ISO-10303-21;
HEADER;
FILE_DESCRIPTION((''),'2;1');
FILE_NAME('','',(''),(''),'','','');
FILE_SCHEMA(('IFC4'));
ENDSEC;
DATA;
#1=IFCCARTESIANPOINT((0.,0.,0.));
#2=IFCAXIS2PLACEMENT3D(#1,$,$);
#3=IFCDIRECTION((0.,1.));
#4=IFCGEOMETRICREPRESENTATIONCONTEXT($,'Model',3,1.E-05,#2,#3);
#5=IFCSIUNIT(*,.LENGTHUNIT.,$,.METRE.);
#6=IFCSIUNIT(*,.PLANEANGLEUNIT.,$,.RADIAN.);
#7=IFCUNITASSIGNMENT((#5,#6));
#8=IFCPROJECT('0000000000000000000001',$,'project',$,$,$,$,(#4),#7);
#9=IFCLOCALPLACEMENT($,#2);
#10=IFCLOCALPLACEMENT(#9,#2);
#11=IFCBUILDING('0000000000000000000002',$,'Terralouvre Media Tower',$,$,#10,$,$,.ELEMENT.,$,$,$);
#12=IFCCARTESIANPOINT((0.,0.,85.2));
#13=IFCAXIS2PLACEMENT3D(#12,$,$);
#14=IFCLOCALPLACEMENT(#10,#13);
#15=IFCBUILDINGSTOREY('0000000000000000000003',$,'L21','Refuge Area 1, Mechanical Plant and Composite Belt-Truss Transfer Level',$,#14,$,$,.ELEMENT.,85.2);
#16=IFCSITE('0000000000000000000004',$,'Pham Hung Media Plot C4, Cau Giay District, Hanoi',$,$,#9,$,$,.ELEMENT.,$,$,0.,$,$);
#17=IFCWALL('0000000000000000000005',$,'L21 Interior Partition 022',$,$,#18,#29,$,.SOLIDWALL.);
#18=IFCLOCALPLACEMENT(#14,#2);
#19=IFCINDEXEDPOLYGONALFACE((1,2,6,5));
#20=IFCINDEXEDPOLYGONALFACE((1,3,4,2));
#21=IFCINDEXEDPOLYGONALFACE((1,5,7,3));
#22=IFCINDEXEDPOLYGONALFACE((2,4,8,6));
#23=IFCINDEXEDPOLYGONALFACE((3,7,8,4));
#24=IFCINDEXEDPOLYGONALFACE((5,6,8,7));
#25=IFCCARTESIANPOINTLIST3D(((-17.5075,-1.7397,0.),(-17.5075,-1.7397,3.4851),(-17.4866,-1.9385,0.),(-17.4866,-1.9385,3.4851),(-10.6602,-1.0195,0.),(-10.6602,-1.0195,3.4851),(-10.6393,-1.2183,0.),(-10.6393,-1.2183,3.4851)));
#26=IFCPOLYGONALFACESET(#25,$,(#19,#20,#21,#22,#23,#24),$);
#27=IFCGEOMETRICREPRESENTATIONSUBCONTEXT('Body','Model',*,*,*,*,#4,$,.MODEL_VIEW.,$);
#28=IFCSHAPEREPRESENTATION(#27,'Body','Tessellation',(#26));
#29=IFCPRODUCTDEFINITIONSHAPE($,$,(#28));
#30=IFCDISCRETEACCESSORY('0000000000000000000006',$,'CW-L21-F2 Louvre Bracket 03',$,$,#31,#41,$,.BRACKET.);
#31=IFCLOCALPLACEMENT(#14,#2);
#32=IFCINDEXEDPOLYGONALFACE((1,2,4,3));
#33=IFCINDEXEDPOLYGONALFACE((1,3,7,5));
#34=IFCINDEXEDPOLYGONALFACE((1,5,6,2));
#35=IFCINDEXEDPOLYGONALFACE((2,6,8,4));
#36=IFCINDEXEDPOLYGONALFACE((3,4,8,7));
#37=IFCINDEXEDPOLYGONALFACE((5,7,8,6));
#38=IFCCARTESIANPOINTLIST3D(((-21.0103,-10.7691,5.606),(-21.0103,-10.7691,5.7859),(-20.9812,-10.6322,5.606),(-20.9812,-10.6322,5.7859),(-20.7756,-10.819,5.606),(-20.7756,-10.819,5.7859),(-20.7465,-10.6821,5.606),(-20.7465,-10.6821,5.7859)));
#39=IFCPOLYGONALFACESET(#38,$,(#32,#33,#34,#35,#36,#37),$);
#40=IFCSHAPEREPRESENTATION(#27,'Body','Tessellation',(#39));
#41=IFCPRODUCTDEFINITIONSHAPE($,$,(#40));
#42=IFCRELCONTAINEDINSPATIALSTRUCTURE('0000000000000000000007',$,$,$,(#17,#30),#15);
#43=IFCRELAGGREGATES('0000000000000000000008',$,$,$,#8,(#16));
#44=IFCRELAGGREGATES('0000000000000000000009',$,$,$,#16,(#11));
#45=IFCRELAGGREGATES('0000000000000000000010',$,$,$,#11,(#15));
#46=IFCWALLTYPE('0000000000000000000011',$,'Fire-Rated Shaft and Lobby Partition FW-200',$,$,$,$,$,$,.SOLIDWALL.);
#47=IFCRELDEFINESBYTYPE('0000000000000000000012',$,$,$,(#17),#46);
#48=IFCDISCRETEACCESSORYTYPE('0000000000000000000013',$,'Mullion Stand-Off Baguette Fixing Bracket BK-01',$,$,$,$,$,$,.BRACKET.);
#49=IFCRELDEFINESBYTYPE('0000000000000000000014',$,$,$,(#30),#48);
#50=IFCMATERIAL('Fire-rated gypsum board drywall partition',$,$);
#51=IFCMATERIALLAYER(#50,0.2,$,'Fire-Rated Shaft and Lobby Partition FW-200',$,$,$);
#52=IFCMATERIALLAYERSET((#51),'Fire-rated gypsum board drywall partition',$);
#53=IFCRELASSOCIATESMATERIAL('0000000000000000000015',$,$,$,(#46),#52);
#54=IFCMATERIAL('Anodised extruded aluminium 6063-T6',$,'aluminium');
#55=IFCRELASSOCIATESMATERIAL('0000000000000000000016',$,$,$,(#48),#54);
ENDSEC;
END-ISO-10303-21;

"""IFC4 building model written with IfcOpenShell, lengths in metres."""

from ifc_helpers import new_model, si_unit, direction, frame, frame_2d, origin, origin_2d, place, context, subcontext, project, spatial, rectangle, extrude, material, layer, layer_set, type_object, element, save


model = new_model("IFC4")

# Units and contexts
model_context = context("Model", 3, precision=1e-05, world=origin(), true_north=direction((0.0, 1.0)))
body_context = subcontext(model_context, "Body", "Model", "MODEL_VIEW")
ifc_project = project(units=[si_unit("LENGTHUNIT", "METRE"), si_unit("PLANEANGLEUNIT", "RADIAN")], contexts=[model_context])

# Site, building, storey
site_placement = place(None, origin())
site = spatial("IfcSite", under=ifc_project, at=site_placement, Name="Pham Hung Media Plot C4, Cau Giay District, Hanoi", CompositionType="ELEMENT", RefElevation=0.0)
building_placement = place(site_placement, origin())
building = spatial("IfcBuilding", under=site, at=building_placement, Name="Terralouvre Media Tower", CompositionType="ELEMENT")
storey_placement = place(building_placement, frame((0.0, 0.0, 85.2)))
storey = spatial("IfcBuildingStorey", under=building, at=storey_placement, Name="L21", Description="Refuge Area 1, Mechanical Plant and Composite Belt-Truss Transfer Level", CompositionType="ELEMENT", Elevation=85.2)

# Shared definitions
ifc_material_1 = material(Name="Fire-rated gypsum board drywall partition")
ifc_layer_1 = layer(ifc_material_1, 0.2, Name="Fire-Rated Shaft and Lobby Partition FW-200")
ifc_layer_set_1 = layer_set([ifc_layer_1], Name="Fire-rated gypsum board drywall partition")
wall_type = type_object("IfcWallType", Name="Fire-Rated Shaft and Lobby Partition FW-200", PredefinedType="SOLIDWALL", material=ifc_layer_set_1)

# Wall
wall_1_placement = place(storey_placement, frame((-10.6499, -1.1189, 0.0), z_axis=(0.0, 0.0, 1.0), x_axis=(-0.994514, -0.104607, 0.0)))
element("IfcWall", 1, at=wall_1_placement, inside=storey, type_object=wall_type, Name="L21 Interior Partition 022", PredefinedType="SOLIDWALL", context=body_context, shape_type="SweptSolid", body=[
    extrude(rectangle(XDim=6.885, YDim=0.2, at=frame_2d((3.4424, 0.0))), origin(), (0.0, 0.0, 1.0), 3.4851),
])

# Discrete accessory
ifc_material_2 = material(Name="Anodised extruded aluminium 6063-T6", Category="aluminium")
discrete_accessory_type = type_object("IfcDiscreteAccessoryType", Name="Mullion Stand-Off Baguette Fixing Bracket BK-01", PredefinedType="BRACKET", material=ifc_material_2)
discrete_accessory_placement = place(storey_placement, frame((-20.8784, -10.7256, 5.606), z_axis=(0.0, 0.0, 1.0), x_axis=(-0.207912, -0.978148, 0.0)))
element("IfcDiscreteAccessory", 2, at=discrete_accessory_placement, inside=storey, type_object=discrete_accessory_type, Name="CW-L21-F2 Louvre Bracket 03", PredefinedType="BRACKET", context=body_context, shape_type="SweptSolid", body=[
    extrude(rectangle(XDim=0.1399, YDim=0.24, at=origin_2d()), origin(), (0.0, 0.0, 1.0), 0.1799),
])

save(model, "model.ifc")
